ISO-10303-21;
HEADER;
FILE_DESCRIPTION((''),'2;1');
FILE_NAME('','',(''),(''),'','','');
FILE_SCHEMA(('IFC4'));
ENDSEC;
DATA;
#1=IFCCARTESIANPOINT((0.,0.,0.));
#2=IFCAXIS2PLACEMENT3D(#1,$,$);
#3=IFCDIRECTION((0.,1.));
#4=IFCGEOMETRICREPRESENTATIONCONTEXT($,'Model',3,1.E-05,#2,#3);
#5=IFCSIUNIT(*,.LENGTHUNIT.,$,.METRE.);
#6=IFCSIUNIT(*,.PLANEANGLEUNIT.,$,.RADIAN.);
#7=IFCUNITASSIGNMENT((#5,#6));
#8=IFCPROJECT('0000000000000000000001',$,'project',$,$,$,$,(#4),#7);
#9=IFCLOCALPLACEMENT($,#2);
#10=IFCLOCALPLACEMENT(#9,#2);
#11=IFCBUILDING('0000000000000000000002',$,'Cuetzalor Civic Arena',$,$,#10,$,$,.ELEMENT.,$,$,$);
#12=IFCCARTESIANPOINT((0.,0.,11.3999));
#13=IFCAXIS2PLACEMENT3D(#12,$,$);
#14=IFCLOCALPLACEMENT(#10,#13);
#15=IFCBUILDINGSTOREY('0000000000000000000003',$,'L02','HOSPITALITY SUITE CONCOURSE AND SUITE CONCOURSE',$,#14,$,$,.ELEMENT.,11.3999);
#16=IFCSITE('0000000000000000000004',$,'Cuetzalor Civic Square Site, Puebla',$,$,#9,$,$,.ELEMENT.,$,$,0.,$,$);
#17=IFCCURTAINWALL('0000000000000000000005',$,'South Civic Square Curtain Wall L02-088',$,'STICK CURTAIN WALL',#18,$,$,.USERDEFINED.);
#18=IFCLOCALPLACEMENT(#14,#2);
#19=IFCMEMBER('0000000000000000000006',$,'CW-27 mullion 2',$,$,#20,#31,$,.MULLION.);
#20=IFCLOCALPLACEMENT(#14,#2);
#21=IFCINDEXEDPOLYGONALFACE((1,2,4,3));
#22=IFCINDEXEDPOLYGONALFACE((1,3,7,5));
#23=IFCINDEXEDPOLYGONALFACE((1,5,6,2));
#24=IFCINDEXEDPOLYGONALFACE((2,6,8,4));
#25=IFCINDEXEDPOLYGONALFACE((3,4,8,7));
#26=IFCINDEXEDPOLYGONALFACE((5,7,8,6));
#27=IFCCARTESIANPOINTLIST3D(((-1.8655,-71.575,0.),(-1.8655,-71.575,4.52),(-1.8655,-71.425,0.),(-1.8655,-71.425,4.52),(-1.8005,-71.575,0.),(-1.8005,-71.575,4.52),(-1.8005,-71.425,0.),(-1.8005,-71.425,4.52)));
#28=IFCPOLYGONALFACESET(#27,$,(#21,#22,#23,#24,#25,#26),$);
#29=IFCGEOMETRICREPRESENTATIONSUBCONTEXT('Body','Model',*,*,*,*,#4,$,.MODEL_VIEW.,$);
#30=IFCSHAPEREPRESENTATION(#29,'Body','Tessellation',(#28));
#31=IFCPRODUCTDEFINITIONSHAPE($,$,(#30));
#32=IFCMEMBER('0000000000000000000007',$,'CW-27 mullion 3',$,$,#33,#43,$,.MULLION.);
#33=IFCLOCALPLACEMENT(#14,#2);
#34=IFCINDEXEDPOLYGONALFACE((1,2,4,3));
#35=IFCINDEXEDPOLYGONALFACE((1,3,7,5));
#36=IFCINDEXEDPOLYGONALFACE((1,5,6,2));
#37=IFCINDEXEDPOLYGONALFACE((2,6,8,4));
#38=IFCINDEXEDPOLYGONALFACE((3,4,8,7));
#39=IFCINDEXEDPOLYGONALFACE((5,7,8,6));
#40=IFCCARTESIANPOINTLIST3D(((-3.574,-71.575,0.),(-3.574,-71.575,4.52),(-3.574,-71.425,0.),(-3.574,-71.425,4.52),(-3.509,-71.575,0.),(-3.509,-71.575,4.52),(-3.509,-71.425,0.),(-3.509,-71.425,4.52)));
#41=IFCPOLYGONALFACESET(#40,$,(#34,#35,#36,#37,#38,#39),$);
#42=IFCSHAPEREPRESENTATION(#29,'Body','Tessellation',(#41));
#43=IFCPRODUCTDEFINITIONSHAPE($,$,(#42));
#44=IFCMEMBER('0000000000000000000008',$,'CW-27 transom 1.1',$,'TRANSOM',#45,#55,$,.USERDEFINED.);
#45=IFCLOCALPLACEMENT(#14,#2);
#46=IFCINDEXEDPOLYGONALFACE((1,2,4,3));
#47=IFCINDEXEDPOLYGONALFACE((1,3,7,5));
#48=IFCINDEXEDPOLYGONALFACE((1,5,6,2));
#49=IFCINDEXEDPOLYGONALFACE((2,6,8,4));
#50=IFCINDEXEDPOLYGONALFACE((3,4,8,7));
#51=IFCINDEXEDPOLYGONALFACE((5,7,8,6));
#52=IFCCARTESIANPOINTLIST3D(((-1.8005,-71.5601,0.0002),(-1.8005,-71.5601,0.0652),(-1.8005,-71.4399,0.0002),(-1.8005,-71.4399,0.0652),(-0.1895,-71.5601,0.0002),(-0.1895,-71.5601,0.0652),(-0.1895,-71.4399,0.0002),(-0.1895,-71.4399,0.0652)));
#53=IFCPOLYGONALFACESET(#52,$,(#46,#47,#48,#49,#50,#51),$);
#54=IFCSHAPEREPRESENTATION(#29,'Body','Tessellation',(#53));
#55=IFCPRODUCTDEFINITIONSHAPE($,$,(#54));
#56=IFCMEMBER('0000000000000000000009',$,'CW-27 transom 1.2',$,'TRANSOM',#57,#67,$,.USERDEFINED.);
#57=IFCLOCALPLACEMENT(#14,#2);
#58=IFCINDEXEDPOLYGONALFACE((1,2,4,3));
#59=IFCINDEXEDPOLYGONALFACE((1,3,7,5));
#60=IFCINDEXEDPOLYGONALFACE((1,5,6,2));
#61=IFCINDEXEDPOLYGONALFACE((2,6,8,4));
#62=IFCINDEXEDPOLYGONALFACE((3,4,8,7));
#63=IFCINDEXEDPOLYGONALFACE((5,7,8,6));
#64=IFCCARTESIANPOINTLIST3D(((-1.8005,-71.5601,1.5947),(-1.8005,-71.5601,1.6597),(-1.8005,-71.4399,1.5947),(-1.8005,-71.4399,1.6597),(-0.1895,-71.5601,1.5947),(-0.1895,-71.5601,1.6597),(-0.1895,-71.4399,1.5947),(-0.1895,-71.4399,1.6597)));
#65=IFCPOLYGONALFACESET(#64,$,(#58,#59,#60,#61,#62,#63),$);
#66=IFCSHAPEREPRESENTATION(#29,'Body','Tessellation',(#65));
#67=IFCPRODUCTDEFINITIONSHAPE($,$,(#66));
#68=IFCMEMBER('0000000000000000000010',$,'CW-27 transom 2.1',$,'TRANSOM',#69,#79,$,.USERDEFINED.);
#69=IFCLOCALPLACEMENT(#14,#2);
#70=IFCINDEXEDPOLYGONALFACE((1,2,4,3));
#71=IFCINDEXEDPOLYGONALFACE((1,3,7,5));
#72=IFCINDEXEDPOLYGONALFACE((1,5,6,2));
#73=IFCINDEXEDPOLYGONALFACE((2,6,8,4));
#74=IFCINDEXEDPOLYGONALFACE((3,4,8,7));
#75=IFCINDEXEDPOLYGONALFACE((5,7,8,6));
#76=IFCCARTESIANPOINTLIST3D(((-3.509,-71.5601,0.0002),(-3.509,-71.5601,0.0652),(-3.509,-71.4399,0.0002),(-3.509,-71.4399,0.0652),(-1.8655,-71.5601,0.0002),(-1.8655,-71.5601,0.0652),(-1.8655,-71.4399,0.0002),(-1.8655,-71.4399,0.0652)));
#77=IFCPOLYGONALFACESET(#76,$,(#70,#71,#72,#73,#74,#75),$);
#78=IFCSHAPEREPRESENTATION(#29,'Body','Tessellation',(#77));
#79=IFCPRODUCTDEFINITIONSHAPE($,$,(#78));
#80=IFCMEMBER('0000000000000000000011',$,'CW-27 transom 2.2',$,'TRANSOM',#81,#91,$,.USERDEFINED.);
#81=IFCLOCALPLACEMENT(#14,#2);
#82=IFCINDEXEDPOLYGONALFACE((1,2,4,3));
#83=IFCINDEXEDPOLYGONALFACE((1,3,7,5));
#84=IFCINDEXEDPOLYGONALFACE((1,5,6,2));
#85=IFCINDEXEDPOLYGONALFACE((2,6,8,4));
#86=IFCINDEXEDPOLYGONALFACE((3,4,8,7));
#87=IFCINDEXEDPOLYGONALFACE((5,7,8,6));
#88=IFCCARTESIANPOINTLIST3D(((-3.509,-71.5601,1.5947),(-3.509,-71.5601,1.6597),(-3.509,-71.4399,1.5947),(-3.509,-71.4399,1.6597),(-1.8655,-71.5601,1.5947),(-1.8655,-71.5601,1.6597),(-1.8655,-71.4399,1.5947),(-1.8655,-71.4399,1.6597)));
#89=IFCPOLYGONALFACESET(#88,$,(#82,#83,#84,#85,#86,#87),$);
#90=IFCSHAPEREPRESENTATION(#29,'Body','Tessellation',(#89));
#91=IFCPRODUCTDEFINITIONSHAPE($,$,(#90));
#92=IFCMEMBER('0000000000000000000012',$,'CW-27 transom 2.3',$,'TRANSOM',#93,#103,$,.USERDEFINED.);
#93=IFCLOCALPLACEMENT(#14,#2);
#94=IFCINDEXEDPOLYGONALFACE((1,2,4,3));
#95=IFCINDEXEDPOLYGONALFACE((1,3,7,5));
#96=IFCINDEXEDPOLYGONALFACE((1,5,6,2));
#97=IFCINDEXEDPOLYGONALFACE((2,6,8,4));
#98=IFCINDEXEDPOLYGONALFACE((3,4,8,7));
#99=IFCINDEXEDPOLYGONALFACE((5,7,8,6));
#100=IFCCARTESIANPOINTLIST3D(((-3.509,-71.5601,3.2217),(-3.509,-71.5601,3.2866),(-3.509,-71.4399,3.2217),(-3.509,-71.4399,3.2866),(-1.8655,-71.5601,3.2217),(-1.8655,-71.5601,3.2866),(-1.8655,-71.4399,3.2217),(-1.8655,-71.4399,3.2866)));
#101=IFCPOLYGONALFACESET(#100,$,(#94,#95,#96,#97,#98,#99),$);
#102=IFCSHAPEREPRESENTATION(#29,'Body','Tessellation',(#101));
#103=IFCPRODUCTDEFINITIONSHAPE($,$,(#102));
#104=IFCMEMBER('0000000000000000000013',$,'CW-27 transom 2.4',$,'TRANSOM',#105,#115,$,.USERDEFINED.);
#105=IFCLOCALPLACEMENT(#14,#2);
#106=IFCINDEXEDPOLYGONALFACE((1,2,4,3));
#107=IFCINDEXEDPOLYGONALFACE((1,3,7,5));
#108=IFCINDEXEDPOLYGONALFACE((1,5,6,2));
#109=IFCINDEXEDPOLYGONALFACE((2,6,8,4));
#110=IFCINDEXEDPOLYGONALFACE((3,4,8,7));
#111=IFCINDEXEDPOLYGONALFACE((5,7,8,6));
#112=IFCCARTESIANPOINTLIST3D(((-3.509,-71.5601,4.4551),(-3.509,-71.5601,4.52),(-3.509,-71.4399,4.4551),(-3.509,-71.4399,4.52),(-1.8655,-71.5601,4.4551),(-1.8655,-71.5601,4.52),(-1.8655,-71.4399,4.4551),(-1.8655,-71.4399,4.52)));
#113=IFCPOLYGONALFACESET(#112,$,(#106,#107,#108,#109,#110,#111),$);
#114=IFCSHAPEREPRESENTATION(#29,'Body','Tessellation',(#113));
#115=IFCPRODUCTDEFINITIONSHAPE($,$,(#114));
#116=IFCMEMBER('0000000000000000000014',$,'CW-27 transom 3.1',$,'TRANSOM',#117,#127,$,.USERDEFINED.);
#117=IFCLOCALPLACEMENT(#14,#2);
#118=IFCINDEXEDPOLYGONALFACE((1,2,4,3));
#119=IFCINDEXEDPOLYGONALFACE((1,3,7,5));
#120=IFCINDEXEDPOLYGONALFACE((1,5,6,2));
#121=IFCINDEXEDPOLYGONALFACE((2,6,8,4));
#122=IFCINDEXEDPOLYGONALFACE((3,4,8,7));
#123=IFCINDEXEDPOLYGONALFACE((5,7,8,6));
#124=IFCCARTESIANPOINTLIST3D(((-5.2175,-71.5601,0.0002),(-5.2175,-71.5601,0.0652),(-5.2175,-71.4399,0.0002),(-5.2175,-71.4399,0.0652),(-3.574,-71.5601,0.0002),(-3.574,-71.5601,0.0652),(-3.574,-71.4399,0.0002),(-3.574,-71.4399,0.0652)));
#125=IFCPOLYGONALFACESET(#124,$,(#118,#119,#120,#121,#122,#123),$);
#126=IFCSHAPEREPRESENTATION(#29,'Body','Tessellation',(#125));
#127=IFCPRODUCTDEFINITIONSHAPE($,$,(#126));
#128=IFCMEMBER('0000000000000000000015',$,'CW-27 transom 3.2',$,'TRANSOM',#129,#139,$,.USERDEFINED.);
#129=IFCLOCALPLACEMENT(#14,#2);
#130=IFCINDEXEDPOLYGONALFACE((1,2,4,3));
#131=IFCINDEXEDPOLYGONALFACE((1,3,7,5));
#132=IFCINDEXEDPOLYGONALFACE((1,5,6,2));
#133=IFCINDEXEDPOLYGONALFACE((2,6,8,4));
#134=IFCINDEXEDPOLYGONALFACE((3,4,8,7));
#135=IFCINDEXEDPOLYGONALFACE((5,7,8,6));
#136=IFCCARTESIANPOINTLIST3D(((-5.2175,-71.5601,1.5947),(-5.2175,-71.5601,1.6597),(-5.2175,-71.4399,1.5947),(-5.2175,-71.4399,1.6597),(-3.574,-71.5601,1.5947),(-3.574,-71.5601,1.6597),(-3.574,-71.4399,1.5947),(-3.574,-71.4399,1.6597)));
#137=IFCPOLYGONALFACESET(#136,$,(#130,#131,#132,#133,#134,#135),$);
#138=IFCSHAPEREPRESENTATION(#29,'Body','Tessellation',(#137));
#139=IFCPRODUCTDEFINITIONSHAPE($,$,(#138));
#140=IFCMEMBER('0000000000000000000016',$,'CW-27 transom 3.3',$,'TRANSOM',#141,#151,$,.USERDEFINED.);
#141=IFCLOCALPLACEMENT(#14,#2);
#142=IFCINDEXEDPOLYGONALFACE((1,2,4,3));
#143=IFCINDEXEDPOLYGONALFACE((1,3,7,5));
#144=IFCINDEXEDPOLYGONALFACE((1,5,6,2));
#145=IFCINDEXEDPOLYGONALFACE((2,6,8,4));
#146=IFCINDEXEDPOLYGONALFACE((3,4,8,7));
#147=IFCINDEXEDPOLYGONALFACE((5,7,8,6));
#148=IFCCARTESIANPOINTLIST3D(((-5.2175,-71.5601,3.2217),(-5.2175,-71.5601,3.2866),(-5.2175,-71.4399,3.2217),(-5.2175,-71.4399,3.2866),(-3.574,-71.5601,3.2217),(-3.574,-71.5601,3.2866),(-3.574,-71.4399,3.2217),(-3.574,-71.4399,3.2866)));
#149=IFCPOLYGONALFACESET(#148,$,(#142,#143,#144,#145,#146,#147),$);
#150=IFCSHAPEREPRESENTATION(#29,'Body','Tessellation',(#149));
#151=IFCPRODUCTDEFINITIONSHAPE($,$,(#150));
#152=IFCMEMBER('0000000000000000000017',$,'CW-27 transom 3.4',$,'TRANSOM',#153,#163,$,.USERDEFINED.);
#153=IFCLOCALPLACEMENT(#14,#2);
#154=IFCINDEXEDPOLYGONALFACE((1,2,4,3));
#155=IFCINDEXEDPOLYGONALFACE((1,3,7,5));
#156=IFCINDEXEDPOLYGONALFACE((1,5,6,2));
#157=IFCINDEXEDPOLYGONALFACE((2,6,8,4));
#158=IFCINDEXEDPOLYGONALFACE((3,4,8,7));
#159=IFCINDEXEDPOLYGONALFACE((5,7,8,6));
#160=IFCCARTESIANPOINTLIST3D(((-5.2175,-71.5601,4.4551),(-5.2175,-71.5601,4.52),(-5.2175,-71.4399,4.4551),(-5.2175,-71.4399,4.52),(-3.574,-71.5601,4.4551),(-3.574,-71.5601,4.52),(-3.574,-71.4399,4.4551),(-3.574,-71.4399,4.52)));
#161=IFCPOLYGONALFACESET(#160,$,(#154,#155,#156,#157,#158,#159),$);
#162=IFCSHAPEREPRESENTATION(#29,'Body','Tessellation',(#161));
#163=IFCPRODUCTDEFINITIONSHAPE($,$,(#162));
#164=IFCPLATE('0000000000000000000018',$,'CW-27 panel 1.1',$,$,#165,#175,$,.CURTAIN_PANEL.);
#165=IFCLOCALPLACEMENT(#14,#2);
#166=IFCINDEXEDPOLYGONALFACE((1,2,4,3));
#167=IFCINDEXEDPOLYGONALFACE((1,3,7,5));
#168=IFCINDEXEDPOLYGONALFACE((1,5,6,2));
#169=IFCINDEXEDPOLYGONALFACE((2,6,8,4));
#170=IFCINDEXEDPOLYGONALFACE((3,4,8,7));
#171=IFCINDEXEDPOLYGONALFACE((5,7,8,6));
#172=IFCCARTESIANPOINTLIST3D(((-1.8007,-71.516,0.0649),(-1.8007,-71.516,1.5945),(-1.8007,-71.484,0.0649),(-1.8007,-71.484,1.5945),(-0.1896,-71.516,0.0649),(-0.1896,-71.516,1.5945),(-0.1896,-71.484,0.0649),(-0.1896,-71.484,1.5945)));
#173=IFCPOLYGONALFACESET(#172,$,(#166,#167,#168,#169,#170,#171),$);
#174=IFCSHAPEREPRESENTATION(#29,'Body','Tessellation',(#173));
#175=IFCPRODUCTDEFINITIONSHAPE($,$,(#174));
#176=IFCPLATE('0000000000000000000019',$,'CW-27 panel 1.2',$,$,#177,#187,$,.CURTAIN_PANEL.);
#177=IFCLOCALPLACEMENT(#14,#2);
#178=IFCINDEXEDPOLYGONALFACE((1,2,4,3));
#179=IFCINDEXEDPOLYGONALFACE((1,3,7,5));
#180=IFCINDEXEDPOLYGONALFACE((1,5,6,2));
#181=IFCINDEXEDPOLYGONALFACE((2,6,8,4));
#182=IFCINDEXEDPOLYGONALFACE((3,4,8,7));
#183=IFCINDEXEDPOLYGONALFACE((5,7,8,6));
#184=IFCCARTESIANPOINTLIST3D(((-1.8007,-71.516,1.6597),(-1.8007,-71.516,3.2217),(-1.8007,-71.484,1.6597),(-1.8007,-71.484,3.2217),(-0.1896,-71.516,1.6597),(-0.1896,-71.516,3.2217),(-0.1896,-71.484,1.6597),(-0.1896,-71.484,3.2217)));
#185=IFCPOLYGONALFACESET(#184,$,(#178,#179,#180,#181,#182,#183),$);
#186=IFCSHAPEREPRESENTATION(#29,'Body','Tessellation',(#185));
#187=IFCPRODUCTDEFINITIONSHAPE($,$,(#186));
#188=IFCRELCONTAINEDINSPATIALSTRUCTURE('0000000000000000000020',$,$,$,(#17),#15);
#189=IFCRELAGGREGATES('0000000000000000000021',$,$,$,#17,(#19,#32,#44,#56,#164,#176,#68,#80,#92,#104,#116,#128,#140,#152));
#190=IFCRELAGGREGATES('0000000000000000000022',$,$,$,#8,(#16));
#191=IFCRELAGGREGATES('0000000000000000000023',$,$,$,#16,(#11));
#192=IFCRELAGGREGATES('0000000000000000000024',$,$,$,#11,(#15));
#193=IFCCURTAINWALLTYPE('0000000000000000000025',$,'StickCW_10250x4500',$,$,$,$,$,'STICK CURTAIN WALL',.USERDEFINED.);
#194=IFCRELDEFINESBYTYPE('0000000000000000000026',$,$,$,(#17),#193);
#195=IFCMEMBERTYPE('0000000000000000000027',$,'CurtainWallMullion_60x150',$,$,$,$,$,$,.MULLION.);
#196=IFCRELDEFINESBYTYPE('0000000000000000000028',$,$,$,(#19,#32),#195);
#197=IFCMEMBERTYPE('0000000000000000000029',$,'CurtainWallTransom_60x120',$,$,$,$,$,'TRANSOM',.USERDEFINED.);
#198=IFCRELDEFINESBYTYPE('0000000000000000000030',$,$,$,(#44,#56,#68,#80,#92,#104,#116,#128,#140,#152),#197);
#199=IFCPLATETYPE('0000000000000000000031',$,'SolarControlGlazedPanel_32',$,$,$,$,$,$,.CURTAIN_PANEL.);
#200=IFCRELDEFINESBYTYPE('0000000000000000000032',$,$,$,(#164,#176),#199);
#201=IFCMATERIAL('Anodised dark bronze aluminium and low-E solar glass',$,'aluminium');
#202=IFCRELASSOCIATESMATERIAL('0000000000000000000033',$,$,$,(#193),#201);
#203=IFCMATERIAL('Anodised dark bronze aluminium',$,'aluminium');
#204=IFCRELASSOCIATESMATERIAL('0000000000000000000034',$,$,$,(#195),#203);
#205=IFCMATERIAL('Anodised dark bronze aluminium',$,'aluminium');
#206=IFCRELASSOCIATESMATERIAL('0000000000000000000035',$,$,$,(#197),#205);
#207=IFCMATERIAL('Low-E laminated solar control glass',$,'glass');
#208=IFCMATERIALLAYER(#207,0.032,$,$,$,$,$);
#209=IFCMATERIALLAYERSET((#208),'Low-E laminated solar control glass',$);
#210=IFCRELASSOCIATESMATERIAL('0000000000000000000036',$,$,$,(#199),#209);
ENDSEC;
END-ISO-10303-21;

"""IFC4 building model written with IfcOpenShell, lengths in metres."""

from ifc_helpers import new_model, si_unit, direction, frame, origin, origin_2d, place, context, subcontext, project, spatial, rectangle, extrude, material, layer, layer_set, material_profile, profile_set, type_object, element, aggregate, save


model = new_model("IFC4")

# Units and contexts
model_context = context("Model", 3, precision=1e-05, world=origin(), true_north=direction((0.0, 1.0)))
body_context = subcontext(model_context, "Body", "Model", "MODEL_VIEW")
ifc_project = project(units=[si_unit("LENGTHUNIT", "METRE"), si_unit("PLANEANGLEUNIT", "RADIAN")], contexts=[model_context])

# Site, building, storey
site_placement = place(None, origin())
site = spatial("IfcSite", under=ifc_project, at=site_placement, Name="Cuetzalor Civic Square Site, Puebla", CompositionType="ELEMENT", RefElevation=0.0)
building_placement = place(site_placement, origin())
building = spatial("IfcBuilding", under=site, at=building_placement, Name="Cuetzalor Civic Arena", CompositionType="ELEMENT")
storey_placement = place(building_placement, frame((0.0, 0.0, 11.3999)))
storey = spatial("IfcBuildingStorey", under=building, at=storey_placement, Name="L02", Description="HOSPITALITY SUITE CONCOURSE AND SUITE CONCOURSE", CompositionType="ELEMENT", Elevation=11.3999)

# Curtain wall, members, plates
ifc_material_1 = material(Name="Anodised dark bronze aluminium and low-E solar glass", Category="aluminium")
curtain_wall_type = type_object("IfcCurtainWallType", Name="StickCW_10250x4500", ElementType="STICK CURTAIN WALL", PredefinedType="USERDEFINED", material=ifc_material_1)
curtain_wall_placement = place(storey_placement, origin())
curtain_wall = element("IfcCurtainWall", 1, at=curtain_wall_placement, inside=storey, type_object=curtain_wall_type, Name="South Civic Square Curtain Wall L02-088", ObjectType="STICK CURTAIN WALL", PredefinedType="USERDEFINED")
ifc_material_2 = material(Name="Anodised dark bronze aluminium", Category="aluminium")
ifc_material_profile_1 = material_profile(ifc_material_2, rectangle(XDim=0.0649, YDim=0.1499, at=origin_2d()), Name="ALU MULLION 65x150")
ifc_profile_set_1 = profile_set([ifc_material_profile_1], Name="Anodised dark bronze aluminium")
member_type_1 = type_object("IfcMemberType", Name="CurtainWallMullion_60x150", PredefinedType="MULLION", material=ifc_profile_set_1)
member_1_placement = place(storey_placement, frame((-1.833, -71.5, 0.0), z_axis=(0.0, 0.0, 1.0), x_axis=(-1.0, 0.0, 0.0)))
member_1 = element("IfcMember", 2, at=member_1_placement, type_object=member_type_1, Name="CW-27 mullion 2", PredefinedType="MULLION", context=body_context, shape_type="SweptSolid", body=[
    extrude(rectangle(XDim=0.0649, YDim=0.1499, at=origin_2d()), origin(), (0.0, 0.0, 1.0), 4.52),
])
member_2_placement = place(storey_placement, frame((-3.5415, -71.5, 0.0), z_axis=(0.0, 0.0, 1.0), x_axis=(-1.0, 0.0, 0.0)))
member_2 = element("IfcMember", 3, at=member_2_placement, type_object=member_type_1, Name="CW-27 mullion 3", PredefinedType="MULLION", context=body_context, shape_type="SweptSolid", body=[
    extrude(rectangle(XDim=0.0649, YDim=0.1499, at=origin_2d()), origin(), (0.0, 0.0, 1.0), 4.52),
])
ifc_material_3 = material(Name="Anodised dark bronze aluminium", Category="aluminium")
ifc_material_profile_2 = material_profile(ifc_material_3, rectangle(XDim=0.1201, YDim=0.0649, at=origin_2d()), Name="ALU TRANSOM 65x120")
ifc_profile_set_2 = profile_set([ifc_material_profile_2], Name="Anodised dark bronze aluminium")
member_type_2 = type_object("IfcMemberType", Name="CurtainWallTransom_60x120", ElementType="TRANSOM", PredefinedType="USERDEFINED", material=ifc_profile_set_2)
member_3_placement = place(storey_placement, frame((-0.1895, -71.5, 0.0327), z_axis=(-1.0, 0.0, 0.0), x_axis=(0.0, -1.0, 0.0)))
member_3 = element("IfcMember", 4, at=member_3_placement, type_object=member_type_2, Name="CW-27 transom 1.1", ObjectType="TRANSOM", PredefinedType="USERDEFINED", context=body_context, shape_type="SweptSolid", body=[
    extrude(rectangle(XDim=0.1201, YDim=0.0649, at=origin_2d()), origin(), (0.0, 0.0, 1.0), 1.6111),
])
member_4_placement = place(storey_placement, frame((-0.1895, -71.5, 1.6272), z_axis=(-1.0, 0.0, 0.0), x_axis=(0.0, -1.0, 0.0)))
member_4 = element("IfcMember", 5, at=member_4_placement, type_object=member_type_2, Name="CW-27 transom 1.2", ObjectType="TRANSOM", PredefinedType="USERDEFINED", context=body_context, shape_type="SweptSolid", body=[
    extrude(rectangle(XDim=0.1201, YDim=0.0649, at=origin_2d()), origin(), (0.0, 0.0, 1.0), 1.6111),
])
member_5_placement = place(storey_placement, frame((-1.8655, -71.5, 0.0327), z_axis=(-1.0, 0.0, 0.0), x_axis=(0.0, -1.0, 0.0)))
member_5 = element("IfcMember", 6, at=member_5_placement, type_object=member_type_2, Name="CW-27 transom 2.1", ObjectType="TRANSOM", PredefinedType="USERDEFINED", context=body_context, shape_type="SweptSolid", body=[
    extrude(rectangle(XDim=0.1201, YDim=0.0649, at=origin_2d()), origin(), (0.0, 0.0, 1.0), 1.6436),
])
member_6_placement = place(storey_placement, frame((-1.8655, -71.5, 1.6272), z_axis=(-1.0, 0.0, 0.0), x_axis=(0.0, -1.0, 0.0)))
member_6 = element("IfcMember", 7, at=member_6_placement, type_object=member_type_2, Name="CW-27 transom 2.2", ObjectType="TRANSOM", PredefinedType="USERDEFINED", context=body_context, shape_type="SweptSolid", body=[
    extrude(rectangle(XDim=0.1201, YDim=0.0649, at=origin_2d()), origin(), (0.0, 0.0, 1.0), 1.6436),
])
member_7_placement = place(storey_placement, frame((-1.8655, -71.5, 3.2542), z_axis=(-1.0, 0.0, 0.0), x_axis=(0.0, -1.0, 0.0)))
member_7 = element("IfcMember", 8, at=member_7_placement, type_object=member_type_2, Name="CW-27 transom 2.3", ObjectType="TRANSOM", PredefinedType="USERDEFINED", context=body_context, shape_type="SweptSolid", body=[
    extrude(rectangle(XDim=0.1201, YDim=0.0649, at=origin_2d()), origin(), (0.0, 0.0, 1.0), 1.6436),
])
member_8_placement = place(storey_placement, frame((-1.8655, -71.5, 4.4875), z_axis=(-1.0, 0.0, 0.0), x_axis=(0.0, -1.0, 0.0)))
member_8 = element("IfcMember", 9, at=member_8_placement, type_object=member_type_2, Name="CW-27 transom 2.4", ObjectType="TRANSOM", PredefinedType="USERDEFINED", context=body_context, shape_type="SweptSolid", body=[
    extrude(rectangle(XDim=0.1201, YDim=0.0649, at=origin_2d()), origin(), (0.0, 0.0, 1.0), 1.6436),
])
member_9_placement = place(storey_placement, frame((-3.574, -71.5, 0.0327), z_axis=(-1.0, 0.0, 0.0), x_axis=(0.0, -1.0, 0.0)))
member_9 = element("IfcMember", 10, at=member_9_placement, type_object=member_type_2, Name="CW-27 transom 3.1", ObjectType="TRANSOM", PredefinedType="USERDEFINED", context=body_context, shape_type="SweptSolid", body=[
    extrude(rectangle(XDim=0.1201, YDim=0.0649, at=origin_2d()), origin(), (0.0, 0.0, 1.0), 1.6436),
])
member_10_placement = place(storey_placement, frame((-3.574, -71.5, 1.6272), z_axis=(-1.0, 0.0, 0.0), x_axis=(0.0, -1.0, 0.0)))
member_10 = element("IfcMember", 11, at=member_10_placement, type_object=member_type_2, Name="CW-27 transom 3.2", ObjectType="TRANSOM", PredefinedType="USERDEFINED", context=body_context, shape_type="SweptSolid", body=[
    extrude(rectangle(XDim=0.1201, YDim=0.0649, at=origin_2d()), origin(), (0.0, 0.0, 1.0), 1.6436),
])
member_11_placement = place(storey_placement, frame((-3.574, -71.5, 3.2542), z_axis=(-1.0, 0.0, 0.0), x_axis=(0.0, -1.0, 0.0)))
member_11 = element("IfcMember", 12, at=member_11_placement, type_object=member_type_2, Name="CW-27 transom 3.3", ObjectType="TRANSOM", PredefinedType="USERDEFINED", context=body_context, shape_type="SweptSolid", body=[
    extrude(rectangle(XDim=0.1201, YDim=0.0649, at=origin_2d()), origin(), (0.0, 0.0, 1.0), 1.6436),
])
member_12_placement = place(storey_placement, frame((-3.574, -71.5, 4.4875), z_axis=(-1.0, 0.0, 0.0), x_axis=(0.0, -1.0, 0.0)))
member_12 = element("IfcMember", 13, at=member_12_placement, type_object=member_type_2, Name="CW-27 transom 3.4", ObjectType="TRANSOM", PredefinedType="USERDEFINED", context=body_context, shape_type="SweptSolid", body=[
    extrude(rectangle(XDim=0.1201, YDim=0.0649, at=origin_2d()), origin(), (0.0, 0.0, 1.0), 1.6436),
])
ifc_material_4 = material(Name="Low-E laminated solar control glass", Category="glass")
ifc_layer = layer(ifc_material_4, 0.032)
ifc_layer_set = layer_set([ifc_layer], Name="Low-E laminated solar control glass")
plate_type = type_object("IfcPlateType", Name="SolarControlGlazedPanel_32", PredefinedType="CURTAIN_PANEL", material=ifc_layer_set)
plate_1_placement = place(storey_placement, frame((-0.9951, -71.5, 0.0649), z_axis=(0.0, 0.0, 1.0), x_axis=(-1.0, 0.0, 0.0)))
plate_1 = element("IfcPlate", 14, at=plate_1_placement, type_object=plate_type, Name="CW-27 panel 1.1", PredefinedType="CURTAIN_PANEL", context=body_context, shape_type="SweptSolid", body=[
    extrude(rectangle(XDim=1.6111, YDim=0.032, at=origin_2d()), origin(), (0.0, 0.0, 1.0), 1.5295),
])
plate_2_placement = place(storey_placement, frame((-0.9951, -71.5, 1.6597), z_axis=(0.0, 0.0, 1.0), x_axis=(-1.0, 0.0, 0.0)))
plate_2 = element("IfcPlate", 15, at=plate_2_placement, type_object=plate_type, Name="CW-27 panel 1.2", PredefinedType="CURTAIN_PANEL", context=body_context, shape_type="SweptSolid", body=[
    extrude(rectangle(XDim=1.6111, YDim=0.032, at=origin_2d()), origin(), (0.0, 0.0, 1.0), 1.562),
])
aggregate(curtain_wall, [member_1, member_2, member_3, member_4, plate_1, plate_2, member_5, member_6, member_7, member_8, member_9, member_10, member_11, member_12])

save(model, "model.ifc")
